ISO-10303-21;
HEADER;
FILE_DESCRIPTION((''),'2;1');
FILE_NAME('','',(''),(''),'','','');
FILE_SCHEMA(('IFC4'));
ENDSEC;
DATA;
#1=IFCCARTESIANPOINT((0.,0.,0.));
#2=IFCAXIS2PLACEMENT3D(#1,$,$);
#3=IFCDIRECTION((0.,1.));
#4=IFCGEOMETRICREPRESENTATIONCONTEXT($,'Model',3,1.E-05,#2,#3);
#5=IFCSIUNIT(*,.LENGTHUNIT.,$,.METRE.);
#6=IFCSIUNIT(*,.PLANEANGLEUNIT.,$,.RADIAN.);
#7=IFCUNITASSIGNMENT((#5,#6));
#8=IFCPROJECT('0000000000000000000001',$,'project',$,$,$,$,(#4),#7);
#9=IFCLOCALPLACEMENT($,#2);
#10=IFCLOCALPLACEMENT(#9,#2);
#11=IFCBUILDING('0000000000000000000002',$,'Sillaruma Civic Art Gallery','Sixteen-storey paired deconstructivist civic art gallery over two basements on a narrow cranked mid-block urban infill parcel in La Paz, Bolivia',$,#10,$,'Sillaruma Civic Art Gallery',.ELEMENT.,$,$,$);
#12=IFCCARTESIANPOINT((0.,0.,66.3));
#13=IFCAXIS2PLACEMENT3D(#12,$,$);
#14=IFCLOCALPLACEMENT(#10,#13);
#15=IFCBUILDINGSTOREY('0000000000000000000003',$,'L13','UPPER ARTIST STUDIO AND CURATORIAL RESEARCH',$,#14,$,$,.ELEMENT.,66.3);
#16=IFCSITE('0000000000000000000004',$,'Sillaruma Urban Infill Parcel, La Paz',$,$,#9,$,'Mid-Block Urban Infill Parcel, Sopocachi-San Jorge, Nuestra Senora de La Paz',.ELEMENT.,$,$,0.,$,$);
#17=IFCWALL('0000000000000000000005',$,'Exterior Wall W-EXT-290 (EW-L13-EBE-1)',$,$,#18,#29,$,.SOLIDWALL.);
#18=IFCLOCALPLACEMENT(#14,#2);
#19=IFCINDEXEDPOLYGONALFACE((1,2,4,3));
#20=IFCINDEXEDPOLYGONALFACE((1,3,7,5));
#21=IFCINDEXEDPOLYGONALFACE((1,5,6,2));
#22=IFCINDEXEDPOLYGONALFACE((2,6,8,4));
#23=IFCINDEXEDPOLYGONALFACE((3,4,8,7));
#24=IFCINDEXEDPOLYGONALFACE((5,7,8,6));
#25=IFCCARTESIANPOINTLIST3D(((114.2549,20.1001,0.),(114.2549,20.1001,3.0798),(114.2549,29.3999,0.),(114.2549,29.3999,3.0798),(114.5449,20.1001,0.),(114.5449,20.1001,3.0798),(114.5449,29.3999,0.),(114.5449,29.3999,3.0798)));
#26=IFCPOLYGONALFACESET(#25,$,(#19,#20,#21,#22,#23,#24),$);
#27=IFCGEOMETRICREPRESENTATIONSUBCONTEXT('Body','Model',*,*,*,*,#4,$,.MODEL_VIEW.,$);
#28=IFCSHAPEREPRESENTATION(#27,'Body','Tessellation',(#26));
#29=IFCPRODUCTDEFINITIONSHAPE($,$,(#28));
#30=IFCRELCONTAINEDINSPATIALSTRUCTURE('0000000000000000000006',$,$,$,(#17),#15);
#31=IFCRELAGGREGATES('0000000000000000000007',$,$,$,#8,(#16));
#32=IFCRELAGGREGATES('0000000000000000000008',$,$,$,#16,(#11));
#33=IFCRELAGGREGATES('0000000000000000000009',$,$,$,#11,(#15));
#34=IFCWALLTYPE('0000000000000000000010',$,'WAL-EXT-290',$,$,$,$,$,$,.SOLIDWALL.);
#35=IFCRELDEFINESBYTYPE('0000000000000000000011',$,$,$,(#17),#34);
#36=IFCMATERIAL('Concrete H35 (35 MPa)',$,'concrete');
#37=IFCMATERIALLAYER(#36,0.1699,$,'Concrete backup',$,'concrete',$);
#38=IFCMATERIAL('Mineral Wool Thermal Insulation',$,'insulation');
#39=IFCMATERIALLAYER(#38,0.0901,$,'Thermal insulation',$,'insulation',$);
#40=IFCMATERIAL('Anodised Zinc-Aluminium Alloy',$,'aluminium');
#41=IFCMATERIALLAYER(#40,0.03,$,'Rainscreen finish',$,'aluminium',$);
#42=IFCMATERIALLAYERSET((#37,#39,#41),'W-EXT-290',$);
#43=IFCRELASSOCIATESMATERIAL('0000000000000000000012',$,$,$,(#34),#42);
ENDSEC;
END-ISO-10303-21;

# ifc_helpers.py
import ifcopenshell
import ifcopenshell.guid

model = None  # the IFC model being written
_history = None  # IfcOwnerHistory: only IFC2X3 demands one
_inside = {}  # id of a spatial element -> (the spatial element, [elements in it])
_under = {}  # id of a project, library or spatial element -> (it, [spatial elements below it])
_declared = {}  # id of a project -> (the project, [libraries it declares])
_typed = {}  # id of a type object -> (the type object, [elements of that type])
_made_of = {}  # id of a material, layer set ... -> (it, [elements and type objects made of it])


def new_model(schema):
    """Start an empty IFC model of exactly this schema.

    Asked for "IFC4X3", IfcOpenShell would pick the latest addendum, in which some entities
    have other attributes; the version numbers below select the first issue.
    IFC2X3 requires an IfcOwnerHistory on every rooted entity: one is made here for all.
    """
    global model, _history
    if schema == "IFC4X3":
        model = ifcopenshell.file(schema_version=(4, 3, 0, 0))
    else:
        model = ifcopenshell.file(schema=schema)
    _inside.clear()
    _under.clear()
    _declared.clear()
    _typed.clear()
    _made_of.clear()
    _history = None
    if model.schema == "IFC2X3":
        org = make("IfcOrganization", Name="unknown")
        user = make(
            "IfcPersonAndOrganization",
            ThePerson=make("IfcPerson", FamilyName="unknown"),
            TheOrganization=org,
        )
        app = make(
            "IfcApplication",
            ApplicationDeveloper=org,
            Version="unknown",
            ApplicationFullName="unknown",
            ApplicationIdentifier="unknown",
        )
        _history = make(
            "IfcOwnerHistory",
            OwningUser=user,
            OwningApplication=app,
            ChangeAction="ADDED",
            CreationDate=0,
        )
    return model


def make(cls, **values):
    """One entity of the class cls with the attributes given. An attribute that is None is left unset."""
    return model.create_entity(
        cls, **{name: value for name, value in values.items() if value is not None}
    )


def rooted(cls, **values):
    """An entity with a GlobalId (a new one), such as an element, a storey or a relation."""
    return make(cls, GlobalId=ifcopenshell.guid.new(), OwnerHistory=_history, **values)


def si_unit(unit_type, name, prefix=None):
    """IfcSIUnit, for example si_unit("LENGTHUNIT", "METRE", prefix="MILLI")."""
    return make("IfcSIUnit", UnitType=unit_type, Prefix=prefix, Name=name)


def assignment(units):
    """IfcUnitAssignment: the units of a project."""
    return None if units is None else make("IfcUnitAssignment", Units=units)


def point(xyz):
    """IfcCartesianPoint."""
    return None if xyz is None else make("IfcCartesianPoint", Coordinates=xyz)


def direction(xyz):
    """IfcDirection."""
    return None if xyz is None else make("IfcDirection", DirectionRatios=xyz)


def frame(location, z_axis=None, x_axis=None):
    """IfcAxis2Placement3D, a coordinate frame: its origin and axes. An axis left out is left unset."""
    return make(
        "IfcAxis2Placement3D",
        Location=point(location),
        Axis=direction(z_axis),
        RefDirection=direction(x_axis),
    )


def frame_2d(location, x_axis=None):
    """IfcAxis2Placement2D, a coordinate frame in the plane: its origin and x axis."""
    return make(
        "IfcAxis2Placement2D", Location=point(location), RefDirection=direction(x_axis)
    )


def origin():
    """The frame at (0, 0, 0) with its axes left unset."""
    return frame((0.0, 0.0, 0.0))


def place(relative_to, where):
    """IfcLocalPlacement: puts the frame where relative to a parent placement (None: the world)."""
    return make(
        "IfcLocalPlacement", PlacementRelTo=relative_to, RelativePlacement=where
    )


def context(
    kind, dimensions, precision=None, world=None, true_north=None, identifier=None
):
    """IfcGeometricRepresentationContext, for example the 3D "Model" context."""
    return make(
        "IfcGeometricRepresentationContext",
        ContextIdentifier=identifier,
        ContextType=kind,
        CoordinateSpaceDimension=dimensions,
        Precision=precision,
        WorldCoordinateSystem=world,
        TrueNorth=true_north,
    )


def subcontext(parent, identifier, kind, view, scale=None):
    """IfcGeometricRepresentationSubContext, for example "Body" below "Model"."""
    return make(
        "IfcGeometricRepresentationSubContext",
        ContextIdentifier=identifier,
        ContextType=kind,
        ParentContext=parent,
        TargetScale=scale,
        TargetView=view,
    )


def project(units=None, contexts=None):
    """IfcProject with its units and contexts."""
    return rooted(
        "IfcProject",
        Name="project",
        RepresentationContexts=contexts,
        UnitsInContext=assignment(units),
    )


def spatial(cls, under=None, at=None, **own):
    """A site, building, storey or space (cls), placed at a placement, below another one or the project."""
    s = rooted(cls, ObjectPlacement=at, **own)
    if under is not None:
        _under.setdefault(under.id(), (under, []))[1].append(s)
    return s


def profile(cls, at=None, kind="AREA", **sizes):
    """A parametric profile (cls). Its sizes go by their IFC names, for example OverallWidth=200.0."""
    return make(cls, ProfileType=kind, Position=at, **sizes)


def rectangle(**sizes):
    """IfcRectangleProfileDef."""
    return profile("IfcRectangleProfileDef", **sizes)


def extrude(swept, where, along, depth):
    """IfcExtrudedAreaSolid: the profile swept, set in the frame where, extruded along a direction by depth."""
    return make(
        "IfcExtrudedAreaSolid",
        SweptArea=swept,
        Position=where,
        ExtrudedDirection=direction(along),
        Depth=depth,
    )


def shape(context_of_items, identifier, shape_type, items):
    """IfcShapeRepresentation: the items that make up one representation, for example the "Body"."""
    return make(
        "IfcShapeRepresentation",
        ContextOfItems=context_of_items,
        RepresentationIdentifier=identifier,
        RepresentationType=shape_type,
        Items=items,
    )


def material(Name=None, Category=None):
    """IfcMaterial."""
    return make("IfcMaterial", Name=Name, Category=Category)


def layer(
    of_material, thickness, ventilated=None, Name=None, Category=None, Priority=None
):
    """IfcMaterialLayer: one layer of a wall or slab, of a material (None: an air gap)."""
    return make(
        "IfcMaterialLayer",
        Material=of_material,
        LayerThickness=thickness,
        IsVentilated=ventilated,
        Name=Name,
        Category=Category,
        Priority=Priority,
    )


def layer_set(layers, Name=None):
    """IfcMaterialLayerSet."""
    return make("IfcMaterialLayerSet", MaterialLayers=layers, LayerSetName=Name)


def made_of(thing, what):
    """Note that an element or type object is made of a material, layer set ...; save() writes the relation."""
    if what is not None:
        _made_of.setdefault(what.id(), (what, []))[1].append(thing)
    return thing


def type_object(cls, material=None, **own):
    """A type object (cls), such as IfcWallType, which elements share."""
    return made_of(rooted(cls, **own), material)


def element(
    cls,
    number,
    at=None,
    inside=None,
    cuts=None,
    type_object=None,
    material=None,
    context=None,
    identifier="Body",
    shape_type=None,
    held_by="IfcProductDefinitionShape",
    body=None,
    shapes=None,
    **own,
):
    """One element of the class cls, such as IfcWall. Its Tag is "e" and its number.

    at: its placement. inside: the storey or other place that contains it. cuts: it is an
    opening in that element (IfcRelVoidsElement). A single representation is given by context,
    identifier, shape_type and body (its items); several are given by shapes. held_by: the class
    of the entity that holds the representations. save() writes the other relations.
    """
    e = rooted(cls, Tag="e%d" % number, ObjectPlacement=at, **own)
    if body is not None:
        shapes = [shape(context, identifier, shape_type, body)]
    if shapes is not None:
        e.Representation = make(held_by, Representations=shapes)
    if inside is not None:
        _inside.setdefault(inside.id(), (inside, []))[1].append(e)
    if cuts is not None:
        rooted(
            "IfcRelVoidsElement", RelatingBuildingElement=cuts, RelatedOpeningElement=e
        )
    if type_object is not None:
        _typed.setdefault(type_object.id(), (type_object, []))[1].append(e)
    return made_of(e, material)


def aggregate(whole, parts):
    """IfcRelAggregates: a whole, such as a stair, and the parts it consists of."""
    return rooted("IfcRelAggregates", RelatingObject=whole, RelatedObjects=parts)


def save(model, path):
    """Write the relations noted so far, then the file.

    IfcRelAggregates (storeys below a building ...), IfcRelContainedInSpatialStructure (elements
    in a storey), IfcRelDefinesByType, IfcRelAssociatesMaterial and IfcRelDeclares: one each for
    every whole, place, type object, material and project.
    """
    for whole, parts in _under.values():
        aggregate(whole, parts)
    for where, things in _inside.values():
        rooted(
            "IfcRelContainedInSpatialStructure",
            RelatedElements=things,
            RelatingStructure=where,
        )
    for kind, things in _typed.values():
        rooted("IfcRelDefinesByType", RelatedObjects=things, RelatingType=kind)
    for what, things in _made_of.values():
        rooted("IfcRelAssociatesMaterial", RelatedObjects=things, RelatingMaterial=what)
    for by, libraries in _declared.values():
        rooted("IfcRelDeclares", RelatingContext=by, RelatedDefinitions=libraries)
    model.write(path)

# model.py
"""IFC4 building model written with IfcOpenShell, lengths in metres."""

from ifc_helpers import new_model, si_unit, direction, frame, frame_2d, origin, place, context, subcontext, project, spatial, rectangle, extrude, material, layer, layer_set, type_object, element, save


model = new_model("IFC4")

# Units and contexts
model_context = context("Model", 3, precision=1e-05, world=origin(), true_north=direction((0.0, 1.0)))
body_context = subcontext(model_context, "Body", "Model", "MODEL_VIEW")
ifc_project = project(units=[si_unit("LENGTHUNIT", "METRE"), si_unit("PLANEANGLEUNIT", "RADIAN")], contexts=[model_context])

# Site, building, storey
site_placement = place(None, origin())
site = spatial("IfcSite", under=ifc_project, at=site_placement, Name="Sillaruma Urban Infill Parcel, La Paz", LongName="Mid-Block Urban Infill Parcel, Sopocachi-San Jorge, Nuestra Senora de La Paz", CompositionType="ELEMENT", RefElevation=0.0)
building_placement = place(site_placement, origin())
building = spatial("IfcBuilding", under=site, at=building_placement, Name="Sillaruma Civic Art Gallery", Description="Sixteen-storey paired deconstructivist civic art gallery over two basements on a narrow cranked mid-block urban infill parcel in La Paz, Bolivia", LongName="Sillaruma Civic Art Gallery", CompositionType="ELEMENT")
storey_placement = place(building_placement, frame((0.0, 0.0, 66.3)))
storey = spatial("IfcBuildingStorey", under=building, at=storey_placement, Name="L13", Description="UPPER ARTIST STUDIO AND CURATORIAL RESEARCH", CompositionType="ELEMENT", Elevation=66.3)

# Shared definitions
ifc_material_1 = material(Name="Concrete H35 (35 MPa)", Category="concrete")

# Wall
ifc_layer_1 = layer(ifc_material_1, 0.1699, Name="Concrete backup", Category="concrete")
ifc_material_2 = material(Name="Mineral Wool Thermal Insulation", Category="insulation")
ifc_layer_2 = layer(ifc_material_2, 0.0901, Name="Thermal insulation", Category="insulation")
ifc_material_3 = material(Name="Anodised Zinc-Aluminium Alloy", Category="aluminium")
ifc_layer_3 = layer(ifc_material_3, 0.03, Name="Rainscreen finish", Category="aluminium")
ifc_layer_set_1 = layer_set([ifc_layer_1, ifc_layer_2, ifc_layer_3], Name="W-EXT-290")
wall_type = type_object("IfcWallType", Name="WAL-EXT-290", PredefinedType="SOLIDWALL", material=ifc_layer_set_1)
wall_placement = place(storey_placement, frame((114.3999, 20.1001, 0.0), z_axis=(0.0, 0.0, 1.0), x_axis=(0.0, 1.0, 0.0)))
element("IfcWall", 1, at=wall_placement, inside=storey, type_object=wall_type, Name="Exterior Wall W-EXT-290 (EW-L13-EBE-1)", PredefinedType="SOLIDWALL", context=body_context, shape_type="SweptSolid", body=[
    extrude(rectangle(XDim=9.2998, YDim=0.29, at=frame_2d((4.6499, 0.0))), origin(), (0.0, 0.0, 1.0), 3.0798),
])

save(model, "model.ifc")
